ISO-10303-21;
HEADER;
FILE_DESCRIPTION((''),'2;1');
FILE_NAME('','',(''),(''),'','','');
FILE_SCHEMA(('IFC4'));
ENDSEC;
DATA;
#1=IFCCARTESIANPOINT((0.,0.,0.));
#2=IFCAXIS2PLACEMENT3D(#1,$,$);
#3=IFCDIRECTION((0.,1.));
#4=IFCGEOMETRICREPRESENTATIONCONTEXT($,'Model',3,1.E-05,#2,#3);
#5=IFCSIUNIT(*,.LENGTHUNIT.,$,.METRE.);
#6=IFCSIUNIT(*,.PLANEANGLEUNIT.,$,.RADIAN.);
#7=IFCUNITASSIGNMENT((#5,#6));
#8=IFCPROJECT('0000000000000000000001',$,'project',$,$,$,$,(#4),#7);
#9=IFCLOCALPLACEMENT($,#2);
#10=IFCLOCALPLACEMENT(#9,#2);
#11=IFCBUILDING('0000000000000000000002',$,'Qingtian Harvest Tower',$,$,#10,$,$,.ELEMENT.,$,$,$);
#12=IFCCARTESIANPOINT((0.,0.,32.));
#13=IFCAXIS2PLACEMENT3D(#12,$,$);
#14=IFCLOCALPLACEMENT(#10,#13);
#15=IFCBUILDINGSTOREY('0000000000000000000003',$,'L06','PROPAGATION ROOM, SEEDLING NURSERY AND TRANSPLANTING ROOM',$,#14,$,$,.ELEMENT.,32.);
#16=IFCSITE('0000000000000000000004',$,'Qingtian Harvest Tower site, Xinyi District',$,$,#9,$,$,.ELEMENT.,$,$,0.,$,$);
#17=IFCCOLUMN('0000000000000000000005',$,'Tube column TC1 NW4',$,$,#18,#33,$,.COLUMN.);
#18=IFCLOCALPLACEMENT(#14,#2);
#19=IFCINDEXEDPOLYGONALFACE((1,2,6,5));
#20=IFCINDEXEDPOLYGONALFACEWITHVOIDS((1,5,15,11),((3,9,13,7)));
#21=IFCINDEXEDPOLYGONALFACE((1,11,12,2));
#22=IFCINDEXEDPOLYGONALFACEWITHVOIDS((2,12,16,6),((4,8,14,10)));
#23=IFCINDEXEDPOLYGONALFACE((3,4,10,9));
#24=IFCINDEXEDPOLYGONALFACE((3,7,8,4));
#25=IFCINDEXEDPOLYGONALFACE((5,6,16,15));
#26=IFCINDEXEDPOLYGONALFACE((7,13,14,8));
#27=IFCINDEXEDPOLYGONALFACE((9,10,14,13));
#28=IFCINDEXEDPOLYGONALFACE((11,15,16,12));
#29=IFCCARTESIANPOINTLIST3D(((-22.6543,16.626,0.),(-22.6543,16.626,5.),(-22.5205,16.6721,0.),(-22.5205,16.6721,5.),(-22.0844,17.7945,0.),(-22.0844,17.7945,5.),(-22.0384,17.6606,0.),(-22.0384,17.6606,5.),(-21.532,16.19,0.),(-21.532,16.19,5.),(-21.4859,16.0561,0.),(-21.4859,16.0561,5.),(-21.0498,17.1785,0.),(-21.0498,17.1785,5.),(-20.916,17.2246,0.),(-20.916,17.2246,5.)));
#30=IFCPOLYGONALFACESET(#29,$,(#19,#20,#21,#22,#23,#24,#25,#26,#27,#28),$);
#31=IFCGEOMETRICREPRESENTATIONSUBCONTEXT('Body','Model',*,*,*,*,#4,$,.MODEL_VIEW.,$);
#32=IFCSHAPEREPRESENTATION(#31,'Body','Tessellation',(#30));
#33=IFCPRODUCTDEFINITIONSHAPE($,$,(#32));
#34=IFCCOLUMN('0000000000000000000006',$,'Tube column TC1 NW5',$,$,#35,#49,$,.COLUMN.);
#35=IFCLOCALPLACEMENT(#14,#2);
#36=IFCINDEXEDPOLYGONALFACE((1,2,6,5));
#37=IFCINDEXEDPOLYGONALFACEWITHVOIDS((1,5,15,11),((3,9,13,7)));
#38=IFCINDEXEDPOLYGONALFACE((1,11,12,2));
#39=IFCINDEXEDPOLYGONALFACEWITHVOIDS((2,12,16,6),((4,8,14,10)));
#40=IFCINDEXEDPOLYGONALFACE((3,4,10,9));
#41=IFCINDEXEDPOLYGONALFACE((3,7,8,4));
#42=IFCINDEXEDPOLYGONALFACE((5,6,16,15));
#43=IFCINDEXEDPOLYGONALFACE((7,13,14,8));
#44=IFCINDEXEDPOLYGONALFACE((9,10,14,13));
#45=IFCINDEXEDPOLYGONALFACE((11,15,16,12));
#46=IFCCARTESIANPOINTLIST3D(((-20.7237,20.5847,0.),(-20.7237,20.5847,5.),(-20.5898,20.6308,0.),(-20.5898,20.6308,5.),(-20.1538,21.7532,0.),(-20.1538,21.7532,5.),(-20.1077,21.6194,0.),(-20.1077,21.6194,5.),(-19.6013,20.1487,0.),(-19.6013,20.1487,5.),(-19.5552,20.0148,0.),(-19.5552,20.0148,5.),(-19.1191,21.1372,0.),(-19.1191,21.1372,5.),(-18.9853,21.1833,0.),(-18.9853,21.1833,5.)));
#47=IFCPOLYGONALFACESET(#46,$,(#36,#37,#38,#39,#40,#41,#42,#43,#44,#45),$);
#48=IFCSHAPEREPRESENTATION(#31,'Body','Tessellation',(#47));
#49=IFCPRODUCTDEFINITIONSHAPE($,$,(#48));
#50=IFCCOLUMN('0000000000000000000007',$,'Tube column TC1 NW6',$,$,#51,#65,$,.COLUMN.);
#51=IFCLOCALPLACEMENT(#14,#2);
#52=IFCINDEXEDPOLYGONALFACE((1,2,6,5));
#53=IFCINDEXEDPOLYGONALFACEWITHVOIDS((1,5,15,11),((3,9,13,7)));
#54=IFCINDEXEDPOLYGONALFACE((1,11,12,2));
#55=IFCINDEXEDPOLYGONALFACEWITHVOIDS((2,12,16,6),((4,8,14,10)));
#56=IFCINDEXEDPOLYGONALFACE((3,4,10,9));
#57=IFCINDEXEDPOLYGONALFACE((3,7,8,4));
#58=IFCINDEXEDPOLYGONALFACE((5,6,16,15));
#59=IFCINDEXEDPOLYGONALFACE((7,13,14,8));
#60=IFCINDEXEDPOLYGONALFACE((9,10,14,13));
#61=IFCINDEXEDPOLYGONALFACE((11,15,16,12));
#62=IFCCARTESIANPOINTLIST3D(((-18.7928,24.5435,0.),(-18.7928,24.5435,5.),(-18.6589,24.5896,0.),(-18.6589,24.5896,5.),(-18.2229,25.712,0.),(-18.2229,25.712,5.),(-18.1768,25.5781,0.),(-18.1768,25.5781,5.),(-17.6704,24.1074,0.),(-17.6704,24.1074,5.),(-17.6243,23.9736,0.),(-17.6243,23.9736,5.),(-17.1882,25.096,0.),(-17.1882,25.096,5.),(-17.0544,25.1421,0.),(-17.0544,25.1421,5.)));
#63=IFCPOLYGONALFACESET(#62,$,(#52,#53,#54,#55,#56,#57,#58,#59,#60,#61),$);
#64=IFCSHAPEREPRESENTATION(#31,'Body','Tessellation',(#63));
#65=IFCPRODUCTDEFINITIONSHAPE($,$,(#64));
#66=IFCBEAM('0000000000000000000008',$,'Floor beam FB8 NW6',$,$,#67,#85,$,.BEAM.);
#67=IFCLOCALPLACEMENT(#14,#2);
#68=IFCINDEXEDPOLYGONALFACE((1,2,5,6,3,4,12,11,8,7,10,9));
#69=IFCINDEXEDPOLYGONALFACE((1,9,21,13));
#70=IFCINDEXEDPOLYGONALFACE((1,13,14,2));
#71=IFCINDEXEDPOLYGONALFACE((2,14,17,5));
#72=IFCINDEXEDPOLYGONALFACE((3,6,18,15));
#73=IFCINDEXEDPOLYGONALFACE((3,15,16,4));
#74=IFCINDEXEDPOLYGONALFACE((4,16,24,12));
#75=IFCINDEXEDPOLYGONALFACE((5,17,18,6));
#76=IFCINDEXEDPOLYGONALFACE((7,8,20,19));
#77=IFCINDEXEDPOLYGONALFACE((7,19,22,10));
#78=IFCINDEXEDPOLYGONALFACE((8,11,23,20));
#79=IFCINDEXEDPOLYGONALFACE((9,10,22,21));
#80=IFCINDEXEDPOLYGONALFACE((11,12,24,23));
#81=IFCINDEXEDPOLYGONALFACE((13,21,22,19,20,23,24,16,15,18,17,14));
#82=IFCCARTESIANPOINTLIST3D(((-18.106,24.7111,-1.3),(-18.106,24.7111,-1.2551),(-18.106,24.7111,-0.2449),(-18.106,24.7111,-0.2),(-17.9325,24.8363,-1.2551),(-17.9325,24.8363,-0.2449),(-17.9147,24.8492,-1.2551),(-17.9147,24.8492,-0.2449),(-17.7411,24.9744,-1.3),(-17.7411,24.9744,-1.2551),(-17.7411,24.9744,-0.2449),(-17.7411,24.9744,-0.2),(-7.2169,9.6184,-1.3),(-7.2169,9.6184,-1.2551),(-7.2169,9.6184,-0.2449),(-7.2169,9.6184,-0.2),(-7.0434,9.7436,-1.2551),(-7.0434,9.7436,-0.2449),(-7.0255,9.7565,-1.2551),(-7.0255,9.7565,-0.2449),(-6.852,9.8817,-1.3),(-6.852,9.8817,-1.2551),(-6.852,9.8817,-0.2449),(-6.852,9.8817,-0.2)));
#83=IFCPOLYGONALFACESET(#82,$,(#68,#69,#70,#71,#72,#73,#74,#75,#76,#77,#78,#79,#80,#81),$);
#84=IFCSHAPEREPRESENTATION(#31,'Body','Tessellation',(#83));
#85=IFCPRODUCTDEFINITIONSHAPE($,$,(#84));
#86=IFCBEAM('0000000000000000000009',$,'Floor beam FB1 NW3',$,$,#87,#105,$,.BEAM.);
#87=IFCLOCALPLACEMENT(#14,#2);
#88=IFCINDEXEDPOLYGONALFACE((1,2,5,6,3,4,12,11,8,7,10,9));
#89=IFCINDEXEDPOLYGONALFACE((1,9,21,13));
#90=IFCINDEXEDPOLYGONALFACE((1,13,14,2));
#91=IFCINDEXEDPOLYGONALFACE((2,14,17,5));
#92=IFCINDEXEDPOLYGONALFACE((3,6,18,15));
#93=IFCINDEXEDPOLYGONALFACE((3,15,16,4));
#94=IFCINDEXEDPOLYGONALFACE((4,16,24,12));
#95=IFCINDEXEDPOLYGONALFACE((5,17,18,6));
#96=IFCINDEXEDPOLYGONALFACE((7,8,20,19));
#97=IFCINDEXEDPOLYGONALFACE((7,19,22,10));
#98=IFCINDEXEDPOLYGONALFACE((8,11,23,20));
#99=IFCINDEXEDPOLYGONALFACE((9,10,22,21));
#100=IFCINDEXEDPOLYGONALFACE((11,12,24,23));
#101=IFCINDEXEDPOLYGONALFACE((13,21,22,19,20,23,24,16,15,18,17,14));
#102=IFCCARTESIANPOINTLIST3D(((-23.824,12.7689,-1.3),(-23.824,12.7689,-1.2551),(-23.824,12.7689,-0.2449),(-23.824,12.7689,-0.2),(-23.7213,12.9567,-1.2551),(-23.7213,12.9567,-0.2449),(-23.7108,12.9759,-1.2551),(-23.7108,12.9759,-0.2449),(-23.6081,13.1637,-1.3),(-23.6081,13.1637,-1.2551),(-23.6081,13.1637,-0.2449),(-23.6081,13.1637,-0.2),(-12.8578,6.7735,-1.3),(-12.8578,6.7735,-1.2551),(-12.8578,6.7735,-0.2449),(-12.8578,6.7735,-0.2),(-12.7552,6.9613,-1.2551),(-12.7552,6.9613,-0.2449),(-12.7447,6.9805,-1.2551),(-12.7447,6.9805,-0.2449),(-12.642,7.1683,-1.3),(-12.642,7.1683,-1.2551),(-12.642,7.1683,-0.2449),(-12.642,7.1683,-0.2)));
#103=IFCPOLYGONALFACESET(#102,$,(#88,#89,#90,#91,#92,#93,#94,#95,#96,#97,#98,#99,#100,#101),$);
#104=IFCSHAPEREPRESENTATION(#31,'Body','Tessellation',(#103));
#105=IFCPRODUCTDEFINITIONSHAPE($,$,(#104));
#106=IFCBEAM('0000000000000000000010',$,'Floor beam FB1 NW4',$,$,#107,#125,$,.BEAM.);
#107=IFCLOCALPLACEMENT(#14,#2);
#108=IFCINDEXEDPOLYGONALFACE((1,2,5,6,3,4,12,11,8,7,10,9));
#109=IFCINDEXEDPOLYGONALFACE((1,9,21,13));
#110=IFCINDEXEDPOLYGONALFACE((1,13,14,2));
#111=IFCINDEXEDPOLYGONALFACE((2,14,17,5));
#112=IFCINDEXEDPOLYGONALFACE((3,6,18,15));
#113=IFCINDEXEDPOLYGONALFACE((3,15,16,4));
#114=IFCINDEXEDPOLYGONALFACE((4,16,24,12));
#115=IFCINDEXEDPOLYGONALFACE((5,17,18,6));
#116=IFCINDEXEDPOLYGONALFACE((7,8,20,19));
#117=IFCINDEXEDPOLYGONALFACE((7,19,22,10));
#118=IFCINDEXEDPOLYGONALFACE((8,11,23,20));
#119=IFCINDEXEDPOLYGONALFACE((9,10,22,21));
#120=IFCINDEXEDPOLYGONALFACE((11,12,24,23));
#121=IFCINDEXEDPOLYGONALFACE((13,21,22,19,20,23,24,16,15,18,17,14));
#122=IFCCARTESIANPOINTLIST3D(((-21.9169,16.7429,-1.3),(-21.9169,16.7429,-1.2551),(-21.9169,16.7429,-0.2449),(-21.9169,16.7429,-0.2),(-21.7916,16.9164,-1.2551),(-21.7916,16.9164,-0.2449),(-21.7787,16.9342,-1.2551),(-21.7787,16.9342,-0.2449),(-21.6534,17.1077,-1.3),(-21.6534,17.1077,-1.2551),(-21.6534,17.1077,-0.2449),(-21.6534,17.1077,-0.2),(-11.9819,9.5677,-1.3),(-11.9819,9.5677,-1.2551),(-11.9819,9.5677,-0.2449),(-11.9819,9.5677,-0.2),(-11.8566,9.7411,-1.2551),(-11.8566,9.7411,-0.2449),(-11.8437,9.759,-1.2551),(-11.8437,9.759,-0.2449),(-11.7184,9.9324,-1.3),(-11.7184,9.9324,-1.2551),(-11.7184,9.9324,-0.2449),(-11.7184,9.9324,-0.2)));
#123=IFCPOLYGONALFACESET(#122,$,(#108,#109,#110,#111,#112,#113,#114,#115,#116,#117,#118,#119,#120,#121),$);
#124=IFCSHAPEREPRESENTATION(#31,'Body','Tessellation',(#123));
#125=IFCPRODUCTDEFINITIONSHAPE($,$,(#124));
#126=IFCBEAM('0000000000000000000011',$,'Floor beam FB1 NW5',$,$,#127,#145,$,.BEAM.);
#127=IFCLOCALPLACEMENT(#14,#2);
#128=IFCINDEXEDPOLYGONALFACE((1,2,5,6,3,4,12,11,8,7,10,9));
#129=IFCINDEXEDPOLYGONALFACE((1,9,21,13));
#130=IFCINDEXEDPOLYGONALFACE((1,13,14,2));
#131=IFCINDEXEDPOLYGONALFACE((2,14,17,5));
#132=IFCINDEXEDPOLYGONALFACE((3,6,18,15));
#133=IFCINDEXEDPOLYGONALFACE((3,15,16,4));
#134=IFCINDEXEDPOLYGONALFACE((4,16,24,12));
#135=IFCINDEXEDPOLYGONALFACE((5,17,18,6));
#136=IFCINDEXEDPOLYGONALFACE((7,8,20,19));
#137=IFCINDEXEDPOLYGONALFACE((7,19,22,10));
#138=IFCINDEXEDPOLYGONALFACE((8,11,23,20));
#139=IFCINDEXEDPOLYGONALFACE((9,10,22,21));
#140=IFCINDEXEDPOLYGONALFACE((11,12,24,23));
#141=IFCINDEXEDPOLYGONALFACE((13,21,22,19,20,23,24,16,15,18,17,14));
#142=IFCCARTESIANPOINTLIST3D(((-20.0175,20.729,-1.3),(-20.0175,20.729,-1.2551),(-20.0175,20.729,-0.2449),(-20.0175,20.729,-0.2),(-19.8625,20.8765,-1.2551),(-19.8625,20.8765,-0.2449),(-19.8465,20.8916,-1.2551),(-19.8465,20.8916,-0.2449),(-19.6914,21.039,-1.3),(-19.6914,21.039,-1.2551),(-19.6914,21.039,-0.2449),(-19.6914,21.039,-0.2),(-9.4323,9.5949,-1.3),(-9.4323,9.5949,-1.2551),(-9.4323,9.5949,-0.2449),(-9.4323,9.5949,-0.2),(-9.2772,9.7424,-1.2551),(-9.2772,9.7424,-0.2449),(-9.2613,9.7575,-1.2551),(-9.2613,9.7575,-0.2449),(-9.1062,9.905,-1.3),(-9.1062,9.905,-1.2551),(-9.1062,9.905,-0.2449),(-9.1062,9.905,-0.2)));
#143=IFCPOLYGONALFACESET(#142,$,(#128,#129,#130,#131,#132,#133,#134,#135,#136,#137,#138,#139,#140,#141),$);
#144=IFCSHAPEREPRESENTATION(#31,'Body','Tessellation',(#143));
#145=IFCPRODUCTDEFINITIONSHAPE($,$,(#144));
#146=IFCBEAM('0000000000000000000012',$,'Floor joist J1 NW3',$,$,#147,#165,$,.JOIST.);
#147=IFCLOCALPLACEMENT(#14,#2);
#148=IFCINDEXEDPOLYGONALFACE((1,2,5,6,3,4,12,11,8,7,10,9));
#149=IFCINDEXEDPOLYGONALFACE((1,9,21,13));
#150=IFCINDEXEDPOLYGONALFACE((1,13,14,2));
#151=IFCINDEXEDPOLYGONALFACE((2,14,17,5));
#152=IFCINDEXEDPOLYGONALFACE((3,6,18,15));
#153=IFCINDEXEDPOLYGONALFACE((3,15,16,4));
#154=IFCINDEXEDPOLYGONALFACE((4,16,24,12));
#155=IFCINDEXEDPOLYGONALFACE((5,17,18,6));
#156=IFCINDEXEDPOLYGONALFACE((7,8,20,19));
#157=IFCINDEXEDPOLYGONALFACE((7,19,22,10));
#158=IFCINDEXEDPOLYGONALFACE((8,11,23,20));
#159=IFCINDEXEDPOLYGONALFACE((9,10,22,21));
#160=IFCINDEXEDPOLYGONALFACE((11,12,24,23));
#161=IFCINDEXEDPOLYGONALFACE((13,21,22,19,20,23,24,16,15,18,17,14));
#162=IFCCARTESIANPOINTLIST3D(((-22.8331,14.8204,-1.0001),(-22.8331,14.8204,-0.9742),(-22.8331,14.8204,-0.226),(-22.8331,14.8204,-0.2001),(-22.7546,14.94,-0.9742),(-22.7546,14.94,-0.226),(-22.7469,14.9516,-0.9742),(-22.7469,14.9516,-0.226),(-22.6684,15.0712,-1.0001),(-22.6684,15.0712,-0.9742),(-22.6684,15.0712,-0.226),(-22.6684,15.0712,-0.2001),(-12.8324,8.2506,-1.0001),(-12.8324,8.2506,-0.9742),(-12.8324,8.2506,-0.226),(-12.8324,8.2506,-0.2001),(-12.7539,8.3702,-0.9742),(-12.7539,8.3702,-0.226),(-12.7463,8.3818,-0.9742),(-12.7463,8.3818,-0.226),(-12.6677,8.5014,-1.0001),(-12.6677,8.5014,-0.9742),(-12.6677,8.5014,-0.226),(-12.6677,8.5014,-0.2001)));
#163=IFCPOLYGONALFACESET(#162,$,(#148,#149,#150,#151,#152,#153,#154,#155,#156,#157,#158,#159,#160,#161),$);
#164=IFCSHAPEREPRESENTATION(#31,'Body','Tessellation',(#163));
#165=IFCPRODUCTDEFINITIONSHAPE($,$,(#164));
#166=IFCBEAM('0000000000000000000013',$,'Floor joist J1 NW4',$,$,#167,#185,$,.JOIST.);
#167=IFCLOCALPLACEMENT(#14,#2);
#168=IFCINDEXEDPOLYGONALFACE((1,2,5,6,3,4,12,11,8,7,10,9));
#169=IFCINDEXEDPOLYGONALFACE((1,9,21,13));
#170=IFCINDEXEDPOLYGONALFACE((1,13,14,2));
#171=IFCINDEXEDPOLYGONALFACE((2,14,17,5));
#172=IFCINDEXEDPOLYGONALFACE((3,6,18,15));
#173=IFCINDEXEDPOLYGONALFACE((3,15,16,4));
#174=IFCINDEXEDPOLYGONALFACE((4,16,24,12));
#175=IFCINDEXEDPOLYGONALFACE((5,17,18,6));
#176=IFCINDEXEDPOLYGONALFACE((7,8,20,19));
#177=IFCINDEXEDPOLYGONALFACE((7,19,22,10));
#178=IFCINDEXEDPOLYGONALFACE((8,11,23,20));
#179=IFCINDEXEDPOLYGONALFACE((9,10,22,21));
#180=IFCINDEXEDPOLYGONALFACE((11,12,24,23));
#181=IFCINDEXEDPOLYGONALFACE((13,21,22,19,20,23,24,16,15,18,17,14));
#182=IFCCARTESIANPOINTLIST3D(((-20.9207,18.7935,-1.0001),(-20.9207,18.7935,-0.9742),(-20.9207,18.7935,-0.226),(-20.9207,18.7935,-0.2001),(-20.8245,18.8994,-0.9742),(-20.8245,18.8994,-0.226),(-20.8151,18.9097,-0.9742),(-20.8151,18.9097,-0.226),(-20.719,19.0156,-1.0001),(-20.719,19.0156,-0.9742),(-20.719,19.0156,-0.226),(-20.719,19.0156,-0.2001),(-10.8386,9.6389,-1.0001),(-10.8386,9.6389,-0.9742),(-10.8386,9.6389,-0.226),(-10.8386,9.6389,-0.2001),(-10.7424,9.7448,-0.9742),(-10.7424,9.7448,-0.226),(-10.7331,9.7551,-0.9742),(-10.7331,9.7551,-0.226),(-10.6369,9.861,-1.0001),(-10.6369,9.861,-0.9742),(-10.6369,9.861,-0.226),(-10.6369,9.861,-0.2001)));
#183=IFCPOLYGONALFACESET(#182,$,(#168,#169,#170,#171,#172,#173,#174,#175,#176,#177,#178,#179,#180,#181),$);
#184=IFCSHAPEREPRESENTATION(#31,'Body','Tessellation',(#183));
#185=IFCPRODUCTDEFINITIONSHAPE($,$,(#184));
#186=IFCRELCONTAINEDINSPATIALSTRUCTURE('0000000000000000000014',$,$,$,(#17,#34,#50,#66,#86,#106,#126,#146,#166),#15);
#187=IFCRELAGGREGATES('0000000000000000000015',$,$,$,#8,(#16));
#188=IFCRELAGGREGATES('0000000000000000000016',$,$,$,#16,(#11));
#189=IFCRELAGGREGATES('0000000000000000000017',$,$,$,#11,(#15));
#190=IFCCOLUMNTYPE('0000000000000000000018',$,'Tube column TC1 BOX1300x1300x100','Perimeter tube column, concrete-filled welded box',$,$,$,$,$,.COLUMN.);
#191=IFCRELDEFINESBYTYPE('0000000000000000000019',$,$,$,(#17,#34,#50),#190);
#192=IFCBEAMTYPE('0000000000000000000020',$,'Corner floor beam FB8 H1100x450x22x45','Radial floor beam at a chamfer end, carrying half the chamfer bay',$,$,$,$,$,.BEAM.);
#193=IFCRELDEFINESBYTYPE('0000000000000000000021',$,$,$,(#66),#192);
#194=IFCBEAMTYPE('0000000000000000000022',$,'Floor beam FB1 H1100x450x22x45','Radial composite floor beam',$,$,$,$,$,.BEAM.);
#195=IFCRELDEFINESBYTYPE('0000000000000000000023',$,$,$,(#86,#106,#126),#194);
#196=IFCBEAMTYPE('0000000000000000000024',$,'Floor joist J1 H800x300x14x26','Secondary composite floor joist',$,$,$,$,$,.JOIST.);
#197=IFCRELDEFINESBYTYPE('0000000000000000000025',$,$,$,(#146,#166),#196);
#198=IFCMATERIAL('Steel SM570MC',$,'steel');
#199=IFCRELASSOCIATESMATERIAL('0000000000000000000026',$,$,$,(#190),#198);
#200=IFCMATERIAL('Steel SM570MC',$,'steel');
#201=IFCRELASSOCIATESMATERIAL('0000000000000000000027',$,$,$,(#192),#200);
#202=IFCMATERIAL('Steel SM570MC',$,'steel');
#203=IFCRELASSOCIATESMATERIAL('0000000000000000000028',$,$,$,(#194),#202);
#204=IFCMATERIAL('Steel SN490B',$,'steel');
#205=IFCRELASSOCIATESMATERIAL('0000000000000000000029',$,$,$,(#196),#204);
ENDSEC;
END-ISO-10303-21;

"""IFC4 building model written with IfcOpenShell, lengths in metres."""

from ifc_helpers import new_model, si_unit, direction, frame, origin, origin_2d, place, context, subcontext, project, spatial, hollow_rectangle, i_section, extrude, material, material_profile, profile_set, type_object, element, save


model = new_model("IFC4")

# Units and contexts
model_context = context("Model", 3, precision=1e-05, world=origin(), true_north=direction((0.0, 1.0)))
body_context = subcontext(model_context, "Body", "Model", "MODEL_VIEW")
ifc_project = project(units=[si_unit("LENGTHUNIT", "METRE"), si_unit("PLANEANGLEUNIT", "RADIAN")], contexts=[model_context])

# Site, building, storey
site_placement = place(None, origin())
site = spatial("IfcSite", under=ifc_project, at=site_placement, Name="Qingtian Harvest Tower site, Xinyi District", CompositionType="ELEMENT", RefElevation=0.0)
building_placement = place(site_placement, origin())
building = spatial("IfcBuilding", under=site, at=building_placement, Name="Qingtian Harvest Tower", CompositionType="ELEMENT")
storey_placement = place(building_placement, frame((0.0, 0.0, 32.0)))
storey = spatial("IfcBuildingStorey", under=building, at=storey_placement, Name="L06", Description="PROPAGATION ROOM, SEEDLING NURSERY AND TRANSPLANTING ROOM", CompositionType="ELEMENT", Elevation=32.0)

# Columns
ifc_material_1 = material(Name="Steel SM570MC", Category="steel")
ifc_material_profile_1 = material_profile(ifc_material_1, hollow_rectangle(XDim=1.3, YDim=1.3, WallThickness=0.1001, at=origin_2d()), Name="BOX1300x1300x100")
ifc_profile_set_1 = profile_set([ifc_material_profile_1], Name="Steel SM570MC")
column_type = type_object("IfcColumnType", Name="Tube column TC1 BOX1300x1300x100", Description="Perimeter tube column, concrete-filled welded box", PredefinedType="COLUMN", material=ifc_profile_set_1)
for number, where, z_axis, x_axis, name in (
    (1, (-21.7852, 16.9253, 0.0), (0.0, 0.0, 1.0), (-0.438371, -0.898794, 0.0), "Tube column TC1 NW4"),
    (2, (-19.8545, 20.884, 0.0), (0.0, 0.0, 1.0), (-0.438371, -0.898794, 0.0), "Tube column TC1 NW5"),
    (3, (-17.9236, 24.8428, 0.0), (0.0, 0.0, 1.0), (-0.438371, -0.898794, 0.0), "Tube column TC1 NW6"),
):
    element("IfcColumn", number, at=place(storey_placement, frame(where, z_axis=z_axis, x_axis=x_axis)), inside=storey, type_object=column_type, Name=name, PredefinedType="COLUMN", context=body_context, shape_type="SweptSolid", body=[
        extrude(hollow_rectangle(XDim=1.3, YDim=1.3, WallThickness=0.1001, at=origin_2d()), origin(), (0.0, 0.0, 1.0), 5.0),
    ])

# Beams
ifc_material_2 = material(Name="Steel SM570MC", Category="steel")
ifc_material_profile_2 = material_profile(ifc_material_2, i_section(OverallWidth=0.45, OverallDepth=1.1001, WebThickness=0.022, FlangeThickness=0.0449, at=origin_2d()), Name="H1100x450x22x45")
ifc_profile_set_2 = profile_set([ifc_material_profile_2], Name="Steel SM570MC")
beam_type_1 = type_object("IfcBeamType", Name="Corner floor beam FB8 H1100x450x22x45", Description="Radial floor beam at a chamfer end, carrying half the chamfer bay", PredefinedType="BEAM", material=ifc_profile_set_2)
beam_1_placement = place(storey_placement, frame((-17.9236, 24.8428, -0.75), z_axis=(0.585096, -0.810964, 0.0), x_axis=(0.810964, 0.585096, 0.0)))
element("IfcBeam", 4, at=beam_1_placement, inside=storey, type_object=beam_type_1, Name="Floor beam FB8 NW6", PredefinedType="BEAM", context=body_context, shape_type="SweptSolid", body=[
    extrude(i_section(OverallWidth=0.45, OverallDepth=1.1001, WebThickness=0.022, FlangeThickness=0.0449, at=origin_2d()), origin(), (0.0, 0.0, 1.0), 18.6108),
])
ifc_material_3 = material(Name="Steel SM570MC", Category="steel")
ifc_material_profile_3 = material_profile(ifc_material_3, i_section(OverallWidth=0.45, OverallDepth=1.1001, WebThickness=0.022, FlangeThickness=0.0449, at=origin_2d()), Name="H1100x450x22x45")
ifc_profile_set_3 = profile_set([ifc_material_profile_3], Name="Steel SM570MC")
beam_type_2 = type_object("IfcBeamType", Name="Floor beam FB1 H1100x450x22x45", Description="Radial composite floor beam", PredefinedType="BEAM", material=ifc_profile_set_3)
beam_2_placement = place(storey_placement, frame((-23.7161, 12.9663, -0.75), z_axis=(0.877429, -0.479707, 0.0), x_axis=(0.479707, 0.877429, 0.0)))
element("IfcBeam", 5, at=beam_2_placement, inside=storey, type_object=beam_type_2, Name="Floor beam FB1 NW3", PredefinedType="BEAM", context=body_context, shape_type="SweptSolid", body=[
    extrude(i_section(OverallWidth=0.45, OverallDepth=1.1001, WebThickness=0.022, FlangeThickness=0.0449, at=origin_2d()), origin(), (0.0, 0.0, 1.0), 12.498),
])
beam_3_placement = place(storey_placement, frame((-21.7852, 16.9253, -0.75), z_axis=(0.81068, -0.585489, 0.0), x_axis=(0.585489, 0.81068, 0.0)))
element("IfcBeam", 6, at=beam_3_placement, inside=storey, type_object=beam_type_2, Name="Floor beam FB1 NW4", PredefinedType="BEAM", context=body_context, shape_type="SweptSolid", body=[
    extrude(i_section(OverallWidth=0.45, OverallDepth=1.1001, WebThickness=0.022, FlangeThickness=0.0449, at=origin_2d()), origin(), (0.0, 0.0, 1.0), 12.2551),
])
beam_4_placement = place(storey_placement, frame((-19.8545, 20.884, -0.75), z_axis=(0.689019, -0.724743, 0.0), x_axis=(0.724743, 0.689019, 0.0)))
element("IfcBeam", 7, at=beam_4_placement, inside=storey, type_object=beam_type_2, Name="Floor beam FB1 NW5", PredefinedType="BEAM", context=body_context, shape_type="SweptSolid", body=[
    extrude(i_section(OverallWidth=0.45, OverallDepth=1.1001, WebThickness=0.022, FlangeThickness=0.0449, at=origin_2d()), origin(), (0.0, 0.0, 1.0), 15.3628),
])
ifc_material_4 = material(Name="Steel SN490B", Category="steel")
ifc_material_profile_4 = material_profile(ifc_material_4, i_section(OverallWidth=0.3, OverallDepth=0.8, WebThickness=0.0139, FlangeThickness=0.0259, at=origin_2d()), Name="H800x300x14x26")
ifc_profile_set_4 = profile_set([ifc_material_profile_4], Name="Steel SN490B")
beam_type_3 = type_object("IfcBeamType", Name="Floor joist J1 H800x300x14x26", Description="Secondary composite floor joist", PredefinedType="JOIST", material=ifc_profile_set_4)
beam_5_placement = place(storey_placement, frame((-22.7507, 14.9458, -0.6001), z_axis=(0.835785, -0.549056, 0.0), x_axis=(0.549056, 0.835785, 0.0)))
element("IfcBeam", 8, at=beam_5_placement, inside=storey, type_object=beam_type_3, Name="Floor joist J1 NW3", PredefinedType="JOIST", context=body_context, shape_type="SweptSolid", body=[
    extrude(i_section(OverallWidth=0.3, OverallDepth=0.8, WebThickness=0.0139, FlangeThickness=0.0259, at=origin_2d()), origin(), (0.0, 0.0, 1.0), 11.9656),
])
beam_6_placement = place(storey_placement, frame((-20.8198, 18.9045, -0.6001), z_axis=(0.74034, -0.672233, 0.0), x_axis=(0.672233, 0.74034, 0.0)))
element("IfcBeam", 9, at=beam_6_placement, inside=storey, type_object=beam_type_3, Name="Floor joist J1 NW4", PredefinedType="JOIST", context=body_context, shape_type="SweptSolid", body=[
    extrude(i_section(OverallWidth=0.3, OverallDepth=0.8, WebThickness=0.0139, FlangeThickness=0.0259, at=origin_2d()), origin(), (0.0, 0.0, 1.0), 13.6182),
])

save(model, "model.ifc")
